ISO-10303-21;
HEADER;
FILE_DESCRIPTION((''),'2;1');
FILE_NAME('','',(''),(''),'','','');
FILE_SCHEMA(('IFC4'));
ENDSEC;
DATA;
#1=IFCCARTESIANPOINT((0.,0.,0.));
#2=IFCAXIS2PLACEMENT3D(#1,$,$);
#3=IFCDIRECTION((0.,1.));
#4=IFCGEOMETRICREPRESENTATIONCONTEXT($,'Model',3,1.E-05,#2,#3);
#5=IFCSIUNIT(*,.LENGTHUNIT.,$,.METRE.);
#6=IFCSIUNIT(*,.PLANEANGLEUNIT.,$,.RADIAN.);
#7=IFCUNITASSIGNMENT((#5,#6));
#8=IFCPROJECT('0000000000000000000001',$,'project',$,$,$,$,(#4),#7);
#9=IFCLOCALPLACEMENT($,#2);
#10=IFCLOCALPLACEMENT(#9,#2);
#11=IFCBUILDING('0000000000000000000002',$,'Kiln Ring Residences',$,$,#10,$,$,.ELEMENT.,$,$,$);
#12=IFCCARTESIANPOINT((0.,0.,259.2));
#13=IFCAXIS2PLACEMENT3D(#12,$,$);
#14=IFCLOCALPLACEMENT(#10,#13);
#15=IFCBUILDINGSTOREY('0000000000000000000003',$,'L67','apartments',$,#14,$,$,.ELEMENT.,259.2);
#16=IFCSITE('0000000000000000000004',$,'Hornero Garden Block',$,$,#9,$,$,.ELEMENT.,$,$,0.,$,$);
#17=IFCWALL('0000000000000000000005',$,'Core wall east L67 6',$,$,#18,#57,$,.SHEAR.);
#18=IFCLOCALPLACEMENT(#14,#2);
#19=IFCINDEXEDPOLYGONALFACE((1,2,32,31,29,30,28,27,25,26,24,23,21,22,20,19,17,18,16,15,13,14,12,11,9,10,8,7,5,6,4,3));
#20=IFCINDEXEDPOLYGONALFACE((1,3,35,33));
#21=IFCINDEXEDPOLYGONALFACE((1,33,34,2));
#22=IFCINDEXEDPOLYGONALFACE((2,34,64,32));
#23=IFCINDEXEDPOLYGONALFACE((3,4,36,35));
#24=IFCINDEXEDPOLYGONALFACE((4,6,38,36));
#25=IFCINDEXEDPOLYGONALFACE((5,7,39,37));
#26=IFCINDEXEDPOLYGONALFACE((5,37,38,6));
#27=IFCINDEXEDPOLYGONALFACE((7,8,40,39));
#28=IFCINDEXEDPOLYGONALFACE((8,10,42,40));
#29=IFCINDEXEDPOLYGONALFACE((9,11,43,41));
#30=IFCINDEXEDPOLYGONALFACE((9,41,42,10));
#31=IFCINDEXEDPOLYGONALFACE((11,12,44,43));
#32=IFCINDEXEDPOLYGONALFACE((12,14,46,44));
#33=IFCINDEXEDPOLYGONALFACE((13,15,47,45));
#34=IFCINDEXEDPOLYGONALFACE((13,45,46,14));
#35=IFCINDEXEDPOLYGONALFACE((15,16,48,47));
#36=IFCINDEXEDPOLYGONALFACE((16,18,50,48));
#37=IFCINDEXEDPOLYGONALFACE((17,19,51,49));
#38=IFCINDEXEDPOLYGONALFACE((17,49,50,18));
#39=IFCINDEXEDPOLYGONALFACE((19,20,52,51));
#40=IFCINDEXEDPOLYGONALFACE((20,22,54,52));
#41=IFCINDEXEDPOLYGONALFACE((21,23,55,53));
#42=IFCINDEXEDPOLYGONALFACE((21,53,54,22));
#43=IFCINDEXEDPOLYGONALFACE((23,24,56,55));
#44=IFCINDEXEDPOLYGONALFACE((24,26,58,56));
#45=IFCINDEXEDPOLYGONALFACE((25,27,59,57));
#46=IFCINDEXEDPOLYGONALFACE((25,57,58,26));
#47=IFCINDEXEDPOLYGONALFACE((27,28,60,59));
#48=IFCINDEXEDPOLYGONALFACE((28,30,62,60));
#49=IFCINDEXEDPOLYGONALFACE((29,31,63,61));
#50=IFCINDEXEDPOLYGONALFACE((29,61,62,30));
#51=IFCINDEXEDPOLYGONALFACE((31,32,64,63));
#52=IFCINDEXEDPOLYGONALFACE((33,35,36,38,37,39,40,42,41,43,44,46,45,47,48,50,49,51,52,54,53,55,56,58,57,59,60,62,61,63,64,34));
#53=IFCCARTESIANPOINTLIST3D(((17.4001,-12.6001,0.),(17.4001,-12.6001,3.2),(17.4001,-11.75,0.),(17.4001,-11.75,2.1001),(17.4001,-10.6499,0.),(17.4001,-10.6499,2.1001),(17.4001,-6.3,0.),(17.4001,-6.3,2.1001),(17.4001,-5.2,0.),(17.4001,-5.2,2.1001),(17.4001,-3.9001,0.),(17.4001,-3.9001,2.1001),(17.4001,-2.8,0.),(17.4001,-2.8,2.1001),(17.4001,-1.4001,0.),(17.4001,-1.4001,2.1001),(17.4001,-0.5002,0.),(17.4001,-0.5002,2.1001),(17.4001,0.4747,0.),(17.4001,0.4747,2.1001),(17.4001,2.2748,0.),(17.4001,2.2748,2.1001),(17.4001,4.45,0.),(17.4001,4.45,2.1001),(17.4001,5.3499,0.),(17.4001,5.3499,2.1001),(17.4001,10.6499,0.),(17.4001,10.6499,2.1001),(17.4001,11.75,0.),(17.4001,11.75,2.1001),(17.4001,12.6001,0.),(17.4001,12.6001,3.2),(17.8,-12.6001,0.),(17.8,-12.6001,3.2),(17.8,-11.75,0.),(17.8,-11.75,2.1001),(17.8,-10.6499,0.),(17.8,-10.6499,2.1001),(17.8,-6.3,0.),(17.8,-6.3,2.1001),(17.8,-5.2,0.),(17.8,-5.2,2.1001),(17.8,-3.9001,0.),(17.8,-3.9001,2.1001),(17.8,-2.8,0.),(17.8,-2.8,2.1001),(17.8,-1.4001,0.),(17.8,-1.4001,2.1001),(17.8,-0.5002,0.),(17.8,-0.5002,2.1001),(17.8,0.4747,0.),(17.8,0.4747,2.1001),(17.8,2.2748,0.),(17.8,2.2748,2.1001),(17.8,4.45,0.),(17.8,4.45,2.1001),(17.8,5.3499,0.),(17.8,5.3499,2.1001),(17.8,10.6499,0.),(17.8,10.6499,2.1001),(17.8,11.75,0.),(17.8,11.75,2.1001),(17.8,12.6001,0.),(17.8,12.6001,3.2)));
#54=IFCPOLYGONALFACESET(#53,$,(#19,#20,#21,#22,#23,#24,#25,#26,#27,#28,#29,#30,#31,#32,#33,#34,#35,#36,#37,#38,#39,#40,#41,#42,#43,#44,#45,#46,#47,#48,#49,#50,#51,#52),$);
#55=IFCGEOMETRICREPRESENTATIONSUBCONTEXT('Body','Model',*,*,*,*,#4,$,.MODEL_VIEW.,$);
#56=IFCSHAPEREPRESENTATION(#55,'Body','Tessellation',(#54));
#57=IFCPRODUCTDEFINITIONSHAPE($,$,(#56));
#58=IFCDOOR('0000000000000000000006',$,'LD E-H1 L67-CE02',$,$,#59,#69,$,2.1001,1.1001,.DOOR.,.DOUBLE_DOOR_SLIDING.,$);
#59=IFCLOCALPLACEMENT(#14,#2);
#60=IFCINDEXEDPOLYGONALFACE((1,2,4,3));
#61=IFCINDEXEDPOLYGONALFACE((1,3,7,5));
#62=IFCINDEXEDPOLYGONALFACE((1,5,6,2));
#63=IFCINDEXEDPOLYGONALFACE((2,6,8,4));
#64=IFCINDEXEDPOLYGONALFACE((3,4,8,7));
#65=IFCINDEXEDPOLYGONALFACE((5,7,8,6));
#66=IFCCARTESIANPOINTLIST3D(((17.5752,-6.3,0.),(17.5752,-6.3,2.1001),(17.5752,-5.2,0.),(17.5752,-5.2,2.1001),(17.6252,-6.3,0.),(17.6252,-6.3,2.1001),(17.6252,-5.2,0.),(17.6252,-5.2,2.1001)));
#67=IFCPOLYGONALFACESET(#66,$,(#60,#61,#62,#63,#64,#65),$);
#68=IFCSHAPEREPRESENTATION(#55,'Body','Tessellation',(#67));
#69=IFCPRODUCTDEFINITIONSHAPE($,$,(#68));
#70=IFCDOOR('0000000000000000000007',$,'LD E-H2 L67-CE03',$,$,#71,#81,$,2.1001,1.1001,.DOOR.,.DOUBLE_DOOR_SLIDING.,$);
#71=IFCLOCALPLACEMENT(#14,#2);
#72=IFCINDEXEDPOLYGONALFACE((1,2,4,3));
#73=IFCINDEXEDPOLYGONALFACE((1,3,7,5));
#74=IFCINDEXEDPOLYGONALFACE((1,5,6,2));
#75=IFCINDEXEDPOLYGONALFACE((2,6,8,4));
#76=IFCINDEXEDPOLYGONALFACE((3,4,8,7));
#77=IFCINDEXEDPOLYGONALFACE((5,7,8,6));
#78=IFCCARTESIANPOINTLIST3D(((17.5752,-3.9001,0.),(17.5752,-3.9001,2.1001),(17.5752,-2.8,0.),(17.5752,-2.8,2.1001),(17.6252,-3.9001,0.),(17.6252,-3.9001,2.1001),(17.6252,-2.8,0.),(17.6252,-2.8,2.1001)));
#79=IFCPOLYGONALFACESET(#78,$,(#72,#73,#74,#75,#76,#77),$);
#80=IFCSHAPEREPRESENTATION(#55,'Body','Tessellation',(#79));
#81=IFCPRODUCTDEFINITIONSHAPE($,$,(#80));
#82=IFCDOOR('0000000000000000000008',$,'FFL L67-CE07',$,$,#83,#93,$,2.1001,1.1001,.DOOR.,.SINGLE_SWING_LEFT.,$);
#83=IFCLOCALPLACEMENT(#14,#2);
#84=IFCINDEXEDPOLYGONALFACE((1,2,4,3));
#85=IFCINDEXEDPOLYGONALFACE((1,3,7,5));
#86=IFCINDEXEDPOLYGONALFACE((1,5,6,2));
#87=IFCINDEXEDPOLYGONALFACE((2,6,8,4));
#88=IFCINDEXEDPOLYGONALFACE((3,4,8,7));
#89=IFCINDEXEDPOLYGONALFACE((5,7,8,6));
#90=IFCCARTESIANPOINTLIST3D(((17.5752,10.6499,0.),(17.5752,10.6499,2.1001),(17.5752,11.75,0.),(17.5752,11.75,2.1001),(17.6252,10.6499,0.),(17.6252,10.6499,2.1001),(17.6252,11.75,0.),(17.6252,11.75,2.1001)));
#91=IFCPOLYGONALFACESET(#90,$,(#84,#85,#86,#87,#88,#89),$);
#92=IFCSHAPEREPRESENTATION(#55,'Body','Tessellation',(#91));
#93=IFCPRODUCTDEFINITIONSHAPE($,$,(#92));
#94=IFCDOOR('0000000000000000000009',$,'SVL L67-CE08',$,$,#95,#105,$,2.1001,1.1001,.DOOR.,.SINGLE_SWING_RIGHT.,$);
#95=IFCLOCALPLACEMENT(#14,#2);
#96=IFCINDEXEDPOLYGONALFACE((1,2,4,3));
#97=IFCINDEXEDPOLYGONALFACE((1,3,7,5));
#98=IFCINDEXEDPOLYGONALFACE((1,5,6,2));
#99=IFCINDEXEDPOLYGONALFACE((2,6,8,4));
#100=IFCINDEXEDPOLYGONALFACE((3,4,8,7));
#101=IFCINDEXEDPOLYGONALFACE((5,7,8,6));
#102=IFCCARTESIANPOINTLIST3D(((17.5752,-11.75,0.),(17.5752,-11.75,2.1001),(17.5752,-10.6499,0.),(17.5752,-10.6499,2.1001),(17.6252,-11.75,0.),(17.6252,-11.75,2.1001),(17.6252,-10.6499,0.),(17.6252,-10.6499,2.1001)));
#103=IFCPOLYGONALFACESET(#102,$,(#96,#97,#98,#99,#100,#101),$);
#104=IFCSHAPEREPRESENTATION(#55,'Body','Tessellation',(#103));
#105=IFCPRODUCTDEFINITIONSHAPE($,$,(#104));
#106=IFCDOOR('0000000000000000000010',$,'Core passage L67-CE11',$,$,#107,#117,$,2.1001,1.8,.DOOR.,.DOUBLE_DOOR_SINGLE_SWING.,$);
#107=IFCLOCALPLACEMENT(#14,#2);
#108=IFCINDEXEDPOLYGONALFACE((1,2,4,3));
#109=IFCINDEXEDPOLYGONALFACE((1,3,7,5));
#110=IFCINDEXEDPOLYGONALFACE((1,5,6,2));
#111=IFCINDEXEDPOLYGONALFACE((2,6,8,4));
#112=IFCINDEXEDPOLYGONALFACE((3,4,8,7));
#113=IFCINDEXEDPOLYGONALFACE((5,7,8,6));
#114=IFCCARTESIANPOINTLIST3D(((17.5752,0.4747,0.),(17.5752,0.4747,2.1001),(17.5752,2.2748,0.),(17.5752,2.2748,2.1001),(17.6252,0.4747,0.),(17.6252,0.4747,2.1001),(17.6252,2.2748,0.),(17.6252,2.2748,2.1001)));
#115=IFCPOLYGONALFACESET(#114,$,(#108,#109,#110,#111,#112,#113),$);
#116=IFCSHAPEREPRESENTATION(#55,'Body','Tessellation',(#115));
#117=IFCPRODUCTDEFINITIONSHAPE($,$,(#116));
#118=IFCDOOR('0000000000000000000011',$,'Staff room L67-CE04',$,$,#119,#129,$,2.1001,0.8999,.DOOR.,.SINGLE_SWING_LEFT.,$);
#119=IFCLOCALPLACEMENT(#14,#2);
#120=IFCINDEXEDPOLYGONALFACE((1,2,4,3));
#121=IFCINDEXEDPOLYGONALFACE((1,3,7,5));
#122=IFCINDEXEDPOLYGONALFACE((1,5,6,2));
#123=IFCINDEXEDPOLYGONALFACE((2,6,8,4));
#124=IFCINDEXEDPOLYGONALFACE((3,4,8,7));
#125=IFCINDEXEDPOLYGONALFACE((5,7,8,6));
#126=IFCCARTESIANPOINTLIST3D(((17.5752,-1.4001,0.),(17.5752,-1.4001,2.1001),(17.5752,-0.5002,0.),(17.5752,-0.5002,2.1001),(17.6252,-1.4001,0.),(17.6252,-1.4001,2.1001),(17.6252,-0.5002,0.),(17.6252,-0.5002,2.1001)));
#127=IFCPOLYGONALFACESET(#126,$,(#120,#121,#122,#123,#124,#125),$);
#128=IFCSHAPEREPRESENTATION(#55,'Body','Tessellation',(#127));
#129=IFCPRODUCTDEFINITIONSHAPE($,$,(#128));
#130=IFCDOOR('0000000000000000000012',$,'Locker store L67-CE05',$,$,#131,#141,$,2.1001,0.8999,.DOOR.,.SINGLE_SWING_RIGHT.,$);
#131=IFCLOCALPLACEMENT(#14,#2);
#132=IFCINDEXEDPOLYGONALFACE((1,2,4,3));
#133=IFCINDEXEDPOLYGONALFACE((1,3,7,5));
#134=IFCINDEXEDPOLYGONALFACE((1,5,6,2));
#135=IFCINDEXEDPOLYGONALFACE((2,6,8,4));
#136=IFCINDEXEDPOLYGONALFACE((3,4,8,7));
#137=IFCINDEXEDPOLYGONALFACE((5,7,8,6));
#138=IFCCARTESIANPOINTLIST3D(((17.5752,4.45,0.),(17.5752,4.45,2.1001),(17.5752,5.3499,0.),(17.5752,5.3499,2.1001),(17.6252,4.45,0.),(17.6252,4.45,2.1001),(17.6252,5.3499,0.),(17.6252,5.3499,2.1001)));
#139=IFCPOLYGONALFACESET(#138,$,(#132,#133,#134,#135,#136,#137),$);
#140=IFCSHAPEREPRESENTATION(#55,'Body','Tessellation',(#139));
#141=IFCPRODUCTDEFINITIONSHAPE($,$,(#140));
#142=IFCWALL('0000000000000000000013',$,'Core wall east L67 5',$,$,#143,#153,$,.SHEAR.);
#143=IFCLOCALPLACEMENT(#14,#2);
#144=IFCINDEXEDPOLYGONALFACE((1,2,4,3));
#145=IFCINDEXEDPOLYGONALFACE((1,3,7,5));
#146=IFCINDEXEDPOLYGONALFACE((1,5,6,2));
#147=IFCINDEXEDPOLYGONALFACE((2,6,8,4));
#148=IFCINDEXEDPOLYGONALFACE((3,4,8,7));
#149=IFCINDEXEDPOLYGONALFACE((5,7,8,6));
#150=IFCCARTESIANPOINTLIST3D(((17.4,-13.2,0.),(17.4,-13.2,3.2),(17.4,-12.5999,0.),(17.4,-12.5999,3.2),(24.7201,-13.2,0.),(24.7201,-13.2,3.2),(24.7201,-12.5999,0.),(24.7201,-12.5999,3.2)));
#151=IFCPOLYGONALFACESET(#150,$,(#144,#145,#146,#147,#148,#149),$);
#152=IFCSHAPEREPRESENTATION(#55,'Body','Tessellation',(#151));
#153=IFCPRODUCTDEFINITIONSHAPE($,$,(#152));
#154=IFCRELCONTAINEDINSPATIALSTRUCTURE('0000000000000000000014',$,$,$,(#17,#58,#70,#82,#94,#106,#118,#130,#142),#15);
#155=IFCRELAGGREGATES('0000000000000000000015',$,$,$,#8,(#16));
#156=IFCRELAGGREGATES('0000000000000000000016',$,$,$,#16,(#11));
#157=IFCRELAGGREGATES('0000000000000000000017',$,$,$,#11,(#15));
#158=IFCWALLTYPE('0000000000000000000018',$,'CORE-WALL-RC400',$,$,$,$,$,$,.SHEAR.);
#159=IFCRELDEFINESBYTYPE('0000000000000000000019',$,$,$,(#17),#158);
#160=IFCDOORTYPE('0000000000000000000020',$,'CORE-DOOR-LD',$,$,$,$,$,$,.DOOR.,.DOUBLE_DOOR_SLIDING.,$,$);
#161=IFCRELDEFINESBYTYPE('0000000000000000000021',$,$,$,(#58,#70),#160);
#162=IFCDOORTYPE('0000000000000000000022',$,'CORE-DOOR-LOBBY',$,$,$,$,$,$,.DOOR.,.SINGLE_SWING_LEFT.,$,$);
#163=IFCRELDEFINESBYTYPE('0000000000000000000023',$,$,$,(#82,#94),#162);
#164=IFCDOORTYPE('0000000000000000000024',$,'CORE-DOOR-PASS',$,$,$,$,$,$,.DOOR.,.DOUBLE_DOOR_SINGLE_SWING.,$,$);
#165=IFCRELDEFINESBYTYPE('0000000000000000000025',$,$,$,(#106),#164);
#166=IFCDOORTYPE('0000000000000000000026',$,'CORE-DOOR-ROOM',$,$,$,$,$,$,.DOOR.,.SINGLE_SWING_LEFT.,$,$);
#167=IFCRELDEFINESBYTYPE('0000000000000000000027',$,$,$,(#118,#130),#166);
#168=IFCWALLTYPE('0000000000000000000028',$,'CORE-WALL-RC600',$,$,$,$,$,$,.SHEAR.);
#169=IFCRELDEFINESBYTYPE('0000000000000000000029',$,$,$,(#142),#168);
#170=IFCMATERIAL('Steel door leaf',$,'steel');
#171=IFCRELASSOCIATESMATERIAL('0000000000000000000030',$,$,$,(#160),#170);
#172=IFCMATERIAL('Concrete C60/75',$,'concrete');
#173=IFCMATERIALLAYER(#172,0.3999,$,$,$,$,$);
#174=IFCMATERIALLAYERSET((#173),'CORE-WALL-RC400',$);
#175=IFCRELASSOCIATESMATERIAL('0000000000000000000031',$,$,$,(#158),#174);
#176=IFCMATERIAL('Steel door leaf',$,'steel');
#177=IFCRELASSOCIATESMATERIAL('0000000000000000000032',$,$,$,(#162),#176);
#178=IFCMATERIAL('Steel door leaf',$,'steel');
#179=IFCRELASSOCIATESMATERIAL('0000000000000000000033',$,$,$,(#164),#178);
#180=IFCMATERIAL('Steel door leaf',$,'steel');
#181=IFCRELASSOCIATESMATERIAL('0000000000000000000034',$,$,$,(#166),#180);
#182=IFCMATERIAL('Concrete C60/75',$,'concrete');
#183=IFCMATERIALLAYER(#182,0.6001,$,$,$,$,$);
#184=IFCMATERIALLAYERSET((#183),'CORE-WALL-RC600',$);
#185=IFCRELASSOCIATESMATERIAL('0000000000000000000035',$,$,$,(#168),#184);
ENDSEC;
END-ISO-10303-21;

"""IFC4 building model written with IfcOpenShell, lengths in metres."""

from ifc_helpers import new_model, si_unit, direction, frame, frame_2d, origin, place, context, subcontext, project, spatial, rectangle, extrude, material, layer, layer_set, type_object, element, fill, save


model = new_model("IFC4")

# Units and contexts
model_context = context("Model", 3, precision=1e-05, world=origin(), true_north=direction((0.0, 1.0)))
body_context = subcontext(model_context, "Body", "Model", "MODEL_VIEW")
ifc_project = project(units=[si_unit("LENGTHUNIT", "METRE"), si_unit("PLANEANGLEUNIT", "RADIAN")], contexts=[model_context])

# Site, building, storey
site_placement = place(None, origin())
site = spatial("IfcSite", under=ifc_project, at=site_placement, Name="Hornero Garden Block", CompositionType="ELEMENT", RefElevation=0.0)
building_placement = place(site_placement, origin())
building = spatial("IfcBuilding", under=site, at=building_placement, Name="Kiln Ring Residences", CompositionType="ELEMENT")
storey_placement = place(building_placement, frame((0.0, 0.0, 259.2)))
storey = spatial("IfcBuildingStorey", under=building, at=storey_placement, Name="L67", Description="apartments", CompositionType="ELEMENT", Elevation=259.2)

# Wall, openings, doors
ifc_material_1 = material(Name="Steel door leaf", Category="steel")
door_type_1 = type_object("IfcDoorType", Name="CORE-DOOR-LD", OperationType="DOUBLE_DOOR_SLIDING", PredefinedType="DOOR", material=ifc_material_1)
ifc_material_2 = material(Name="Concrete C60/75", Category="concrete")
ifc_layer_1 = layer(ifc_material_2, 0.3999)
ifc_layer_set_1 = layer_set([ifc_layer_1], Name="CORE-WALL-RC400")
wall_type_1 = type_object("IfcWallType", Name="CORE-WALL-RC400", PredefinedType="SHEAR", material=ifc_layer_set_1)
wall_1_placement = place(storey_placement, frame((17.6001, -12.6001, 0.0), z_axis=(0.0, 0.0, 1.0), x_axis=(0.0, 1.0, 0.0)))
wall_1 = element("IfcWall", 1, at=wall_1_placement, inside=storey, type_object=wall_type_1, Name="Core wall east L67 6", PredefinedType="SHEAR", context=body_context, shape_type="SweptSolid", body=[
    extrude(rectangle(XDim=25.2002, YDim=0.3999, at=frame_2d((12.6001, 0.0))), origin(), (0.0, 0.0, 1.0), 3.2),
])
opening_1_placement = place(wall_1_placement, frame((6.3, 0.0, 0.0)))
opening_1 = element("IfcOpeningElement", 2, at=opening_1_placement, cuts=wall_1, PredefinedType="OPENING", context=body_context, shape_type="SweptSolid", body=[
    extrude(rectangle(XDim=1.1001, YDim=2.1001, at=frame_2d((0.55, 1.05))), frame((0.0, 0.21, 0.0), z_axis=(0.0, -1.0, 0.0), x_axis=(1.0, 0.0, 0.0)), (0.0, 0.0, 1.0), 0.4199),
])
opening_2_placement = place(wall_1_placement, frame((8.7, 0.0, 0.0)))
opening_2 = element("IfcOpeningElement", 3, at=opening_2_placement, cuts=wall_1, PredefinedType="OPENING", context=body_context, shape_type="SweptSolid", body=[
    extrude(rectangle(XDim=1.1001, YDim=2.1001, at=frame_2d((0.55, 1.05))), frame((0.0, 0.21, 0.0), z_axis=(0.0, -1.0, 0.0), x_axis=(1.0, 0.0, 0.0)), (0.0, 0.0, 1.0), 0.4199),
])
opening_3_placement = place(wall_1_placement, frame((11.2, 0.0, 0.0)))
opening_3 = element("IfcOpeningElement", 4, at=opening_3_placement, cuts=wall_1, PredefinedType="OPENING", context=body_context, shape_type="SweptSolid", body=[
    extrude(rectangle(XDim=0.8999, YDim=2.1001, at=frame_2d((0.45, 1.05))), frame((0.0, 0.21, 0.0), z_axis=(0.0, -1.0, 0.0), x_axis=(1.0, 0.0, 0.0)), (0.0, 0.0, 1.0), 0.4199),
])
opening_4_placement = place(wall_1_placement, frame((17.05, 0.0, 0.0)))
opening_4 = element("IfcOpeningElement", 5, at=opening_4_placement, cuts=wall_1, PredefinedType="OPENING", context=body_context, shape_type="SweptSolid", body=[
    extrude(rectangle(XDim=0.8999, YDim=2.1001, at=frame_2d((0.45, 1.05))), frame((0.0, 0.21, 0.0), z_axis=(0.0, -1.0, 0.0), x_axis=(1.0, 0.0, 0.0)), (0.0, 0.0, 1.0), 0.4199),
])
opening_5_placement = place(wall_1_placement, frame((23.25, 0.0, 0.0)))
opening_5 = element("IfcOpeningElement", 6, at=opening_5_placement, cuts=wall_1, PredefinedType="OPENING", context=body_context, shape_type="SweptSolid", body=[
    extrude(rectangle(XDim=1.1001, YDim=2.1001, at=frame_2d((0.55, 1.05))), frame((0.0, 0.21, 0.0), z_axis=(0.0, -1.0, 0.0), x_axis=(1.0, 0.0, 0.0)), (0.0, 0.0, 1.0), 0.4199),
])
opening_6_placement = place(wall_1_placement, frame((0.8501, 0.0, 0.0)))
opening_6 = element("IfcOpeningElement", 7, at=opening_6_placement, cuts=wall_1, PredefinedType="OPENING", context=body_context, shape_type="SweptSolid", body=[
    extrude(rectangle(XDim=1.1001, YDim=2.1001, at=frame_2d((0.55, 1.05))), frame((0.0, 0.21, 0.0), z_axis=(0.0, -1.0, 0.0), x_axis=(1.0, 0.0, 0.0)), (0.0, 0.0, 1.0), 0.4199),
])
opening_7_placement = place(wall_1_placement, frame((13.075, 0.0, 0.0)))
opening_7 = element("IfcOpeningElement", 8, at=opening_7_placement, cuts=wall_1, PredefinedType="OPENING", context=body_context, shape_type="SweptSolid", body=[
    extrude(rectangle(XDim=1.8, YDim=2.1001, at=frame_2d((0.8999, 1.05))), frame((0.0, 0.21, 0.0), z_axis=(0.0, -1.0, 0.0), x_axis=(1.0, 0.0, 0.0)), (0.0, 0.0, 1.0), 0.4199),
])
door_1_placement = place(opening_1_placement, origin())
door_1 = element("IfcDoor", 9, at=door_1_placement, inside=storey, type_object=door_type_1, Name="LD E-H1 L67-CE02", OperationType="DOUBLE_DOOR_SLIDING", OverallHeight=2.1001, OverallWidth=1.1001, PredefinedType="DOOR", context=body_context, shape_type="SweptSolid", body=[
    extrude(rectangle(XDim=1.1001, YDim=2.1001, at=frame_2d((0.55, 1.05))), frame((0.0, 0.0249, 0.0), z_axis=(0.0, -1.0, 0.0), x_axis=(1.0, 0.0, 0.0)), (0.0, 0.0, 1.0), 0.05),
])
fill(opening_1, door_1)
door_2_placement = place(opening_2_placement, origin())
door_2 = element("IfcDoor", 10, at=door_2_placement, inside=storey, type_object=door_type_1, Name="LD E-H2 L67-CE03", OperationType="DOUBLE_DOOR_SLIDING", OverallHeight=2.1001, OverallWidth=1.1001, PredefinedType="DOOR", context=body_context, shape_type="SweptSolid", body=[
    extrude(rectangle(XDim=1.1001, YDim=2.1001, at=frame_2d((0.55, 1.05))), frame((0.0, 0.0249, 0.0), z_axis=(0.0, -1.0, 0.0), x_axis=(1.0, 0.0, 0.0)), (0.0, 0.0, 1.0), 0.05),
])
fill(opening_2, door_2)
ifc_material_3 = material(Name="Steel door leaf", Category="steel")
door_type_2 = type_object("IfcDoorType", Name="CORE-DOOR-LOBBY", OperationType="SINGLE_SWING_LEFT", PredefinedType="DOOR", material=ifc_material_3)
door_3_placement = place(opening_5_placement, origin())
door_3 = element("IfcDoor", 11, at=door_3_placement, inside=storey, type_object=door_type_2, Name="FFL L67-CE07", OperationType="SINGLE_SWING_LEFT", OverallHeight=2.1001, OverallWidth=1.1001, PredefinedType="DOOR", context=body_context, shape_type="SweptSolid", body=[
    extrude(rectangle(XDim=1.1001, YDim=2.1001, at=frame_2d((0.55, 1.05))), frame((0.0, 0.0249, 0.0), z_axis=(0.0, -1.0, 0.0), x_axis=(1.0, 0.0, 0.0)), (0.0, 0.0, 1.0), 0.05),
])
fill(opening_5, door_3)
door_4_placement = place(opening_6_placement, origin())
door_4 = element("IfcDoor", 12, at=door_4_placement, inside=storey, type_object=door_type_2, Name="SVL L67-CE08", OperationType="SINGLE_SWING_RIGHT", OverallHeight=2.1001, OverallWidth=1.1001, PredefinedType="DOOR", context=body_context, shape_type="SweptSolid", body=[
    extrude(rectangle(XDim=1.1001, YDim=2.1001, at=frame_2d((0.55, 1.05))), frame((0.0, 0.0249, 0.0), z_axis=(0.0, -1.0, 0.0), x_axis=(1.0, 0.0, 0.0)), (0.0, 0.0, 1.0), 0.05),
])
fill(opening_6, door_4)
ifc_material_4 = material(Name="Steel door leaf", Category="steel")
door_type_3 = type_object("IfcDoorType", Name="CORE-DOOR-PASS", OperationType="DOUBLE_DOOR_SINGLE_SWING", PredefinedType="DOOR", material=ifc_material_4)
door_5_placement = place(opening_7_placement, origin())
door_5 = element("IfcDoor", 13, at=door_5_placement, inside=storey, type_object=door_type_3, Name="Core passage L67-CE11", OperationType="DOUBLE_DOOR_SINGLE_SWING", OverallHeight=2.1001, OverallWidth=1.8, PredefinedType="DOOR", context=body_context, shape_type="SweptSolid", body=[
    extrude(rectangle(XDim=1.8, YDim=2.1001, at=frame_2d((0.8999, 1.05))), frame((0.0, 0.0249, 0.0), z_axis=(0.0, -1.0, 0.0), x_axis=(1.0, 0.0, 0.0)), (0.0, 0.0, 1.0), 0.05),
])
fill(opening_7, door_5)
ifc_material_5 = material(Name="Steel door leaf", Category="steel")
door_type_4 = type_object("IfcDoorType", Name="CORE-DOOR-ROOM", OperationType="SINGLE_SWING_LEFT", PredefinedType="DOOR", material=ifc_material_5)
door_6_placement = place(opening_3_placement, origin())
door_6 = element("IfcDoor", 14, at=door_6_placement, inside=storey, type_object=door_type_4, Name="Staff room L67-CE04", OperationType="SINGLE_SWING_LEFT", OverallHeight=2.1001, OverallWidth=0.8999, PredefinedType="DOOR", context=body_context, shape_type="SweptSolid", body=[
    extrude(rectangle(XDim=0.8999, YDim=2.1001, at=frame_2d((0.45, 1.05))), frame((0.0, 0.0249, 0.0), z_axis=(0.0, -1.0, 0.0), x_axis=(1.0, 0.0, 0.0)), (0.0, 0.0, 1.0), 0.05),
])
fill(opening_3, door_6)
door_7_placement = place(opening_4_placement, origin())
door_7 = element("IfcDoor", 15, at=door_7_placement, inside=storey, type_object=door_type_4, Name="Locker store L67-CE05", OperationType="SINGLE_SWING_RIGHT", OverallHeight=2.1001, OverallWidth=0.8999, PredefinedType="DOOR", context=body_context, shape_type="SweptSolid", body=[
    extrude(rectangle(XDim=0.8999, YDim=2.1001, at=frame_2d((0.45, 1.05))), frame((0.0, 0.0249, 0.0), z_axis=(0.0, -1.0, 0.0), x_axis=(1.0, 0.0, 0.0)), (0.0, 0.0, 1.0), 0.05),
])
fill(opening_4, door_7)

# Wall
ifc_material_6 = material(Name="Concrete C60/75", Category="concrete")
ifc_layer_2 = layer(ifc_material_6, 0.6001)
ifc_layer_set_2 = layer_set([ifc_layer_2], Name="CORE-WALL-RC600")
wall_type_2 = type_object("IfcWallType", Name="CORE-WALL-RC600", PredefinedType="SHEAR", material=ifc_layer_set_2)
wall_2_placement = place(storey_placement, frame((17.3999, -12.8999, 0.0), z_axis=(0.0, 0.0, 1.0), x_axis=(1.0, 0.0, 0.0)))
element("IfcWall", 16, at=wall_2_placement, inside=storey, type_object=wall_type_2, Name="Core wall east L67 5", PredefinedType="SHEAR", context=body_context, shape_type="SweptSolid", body=[
    extrude(rectangle(XDim=7.3201, YDim=0.6001, at=frame_2d((3.6602, 0.0))), origin(), (0.0, 0.0, 1.0), 3.2),
])

save(model, "model.ifc")
